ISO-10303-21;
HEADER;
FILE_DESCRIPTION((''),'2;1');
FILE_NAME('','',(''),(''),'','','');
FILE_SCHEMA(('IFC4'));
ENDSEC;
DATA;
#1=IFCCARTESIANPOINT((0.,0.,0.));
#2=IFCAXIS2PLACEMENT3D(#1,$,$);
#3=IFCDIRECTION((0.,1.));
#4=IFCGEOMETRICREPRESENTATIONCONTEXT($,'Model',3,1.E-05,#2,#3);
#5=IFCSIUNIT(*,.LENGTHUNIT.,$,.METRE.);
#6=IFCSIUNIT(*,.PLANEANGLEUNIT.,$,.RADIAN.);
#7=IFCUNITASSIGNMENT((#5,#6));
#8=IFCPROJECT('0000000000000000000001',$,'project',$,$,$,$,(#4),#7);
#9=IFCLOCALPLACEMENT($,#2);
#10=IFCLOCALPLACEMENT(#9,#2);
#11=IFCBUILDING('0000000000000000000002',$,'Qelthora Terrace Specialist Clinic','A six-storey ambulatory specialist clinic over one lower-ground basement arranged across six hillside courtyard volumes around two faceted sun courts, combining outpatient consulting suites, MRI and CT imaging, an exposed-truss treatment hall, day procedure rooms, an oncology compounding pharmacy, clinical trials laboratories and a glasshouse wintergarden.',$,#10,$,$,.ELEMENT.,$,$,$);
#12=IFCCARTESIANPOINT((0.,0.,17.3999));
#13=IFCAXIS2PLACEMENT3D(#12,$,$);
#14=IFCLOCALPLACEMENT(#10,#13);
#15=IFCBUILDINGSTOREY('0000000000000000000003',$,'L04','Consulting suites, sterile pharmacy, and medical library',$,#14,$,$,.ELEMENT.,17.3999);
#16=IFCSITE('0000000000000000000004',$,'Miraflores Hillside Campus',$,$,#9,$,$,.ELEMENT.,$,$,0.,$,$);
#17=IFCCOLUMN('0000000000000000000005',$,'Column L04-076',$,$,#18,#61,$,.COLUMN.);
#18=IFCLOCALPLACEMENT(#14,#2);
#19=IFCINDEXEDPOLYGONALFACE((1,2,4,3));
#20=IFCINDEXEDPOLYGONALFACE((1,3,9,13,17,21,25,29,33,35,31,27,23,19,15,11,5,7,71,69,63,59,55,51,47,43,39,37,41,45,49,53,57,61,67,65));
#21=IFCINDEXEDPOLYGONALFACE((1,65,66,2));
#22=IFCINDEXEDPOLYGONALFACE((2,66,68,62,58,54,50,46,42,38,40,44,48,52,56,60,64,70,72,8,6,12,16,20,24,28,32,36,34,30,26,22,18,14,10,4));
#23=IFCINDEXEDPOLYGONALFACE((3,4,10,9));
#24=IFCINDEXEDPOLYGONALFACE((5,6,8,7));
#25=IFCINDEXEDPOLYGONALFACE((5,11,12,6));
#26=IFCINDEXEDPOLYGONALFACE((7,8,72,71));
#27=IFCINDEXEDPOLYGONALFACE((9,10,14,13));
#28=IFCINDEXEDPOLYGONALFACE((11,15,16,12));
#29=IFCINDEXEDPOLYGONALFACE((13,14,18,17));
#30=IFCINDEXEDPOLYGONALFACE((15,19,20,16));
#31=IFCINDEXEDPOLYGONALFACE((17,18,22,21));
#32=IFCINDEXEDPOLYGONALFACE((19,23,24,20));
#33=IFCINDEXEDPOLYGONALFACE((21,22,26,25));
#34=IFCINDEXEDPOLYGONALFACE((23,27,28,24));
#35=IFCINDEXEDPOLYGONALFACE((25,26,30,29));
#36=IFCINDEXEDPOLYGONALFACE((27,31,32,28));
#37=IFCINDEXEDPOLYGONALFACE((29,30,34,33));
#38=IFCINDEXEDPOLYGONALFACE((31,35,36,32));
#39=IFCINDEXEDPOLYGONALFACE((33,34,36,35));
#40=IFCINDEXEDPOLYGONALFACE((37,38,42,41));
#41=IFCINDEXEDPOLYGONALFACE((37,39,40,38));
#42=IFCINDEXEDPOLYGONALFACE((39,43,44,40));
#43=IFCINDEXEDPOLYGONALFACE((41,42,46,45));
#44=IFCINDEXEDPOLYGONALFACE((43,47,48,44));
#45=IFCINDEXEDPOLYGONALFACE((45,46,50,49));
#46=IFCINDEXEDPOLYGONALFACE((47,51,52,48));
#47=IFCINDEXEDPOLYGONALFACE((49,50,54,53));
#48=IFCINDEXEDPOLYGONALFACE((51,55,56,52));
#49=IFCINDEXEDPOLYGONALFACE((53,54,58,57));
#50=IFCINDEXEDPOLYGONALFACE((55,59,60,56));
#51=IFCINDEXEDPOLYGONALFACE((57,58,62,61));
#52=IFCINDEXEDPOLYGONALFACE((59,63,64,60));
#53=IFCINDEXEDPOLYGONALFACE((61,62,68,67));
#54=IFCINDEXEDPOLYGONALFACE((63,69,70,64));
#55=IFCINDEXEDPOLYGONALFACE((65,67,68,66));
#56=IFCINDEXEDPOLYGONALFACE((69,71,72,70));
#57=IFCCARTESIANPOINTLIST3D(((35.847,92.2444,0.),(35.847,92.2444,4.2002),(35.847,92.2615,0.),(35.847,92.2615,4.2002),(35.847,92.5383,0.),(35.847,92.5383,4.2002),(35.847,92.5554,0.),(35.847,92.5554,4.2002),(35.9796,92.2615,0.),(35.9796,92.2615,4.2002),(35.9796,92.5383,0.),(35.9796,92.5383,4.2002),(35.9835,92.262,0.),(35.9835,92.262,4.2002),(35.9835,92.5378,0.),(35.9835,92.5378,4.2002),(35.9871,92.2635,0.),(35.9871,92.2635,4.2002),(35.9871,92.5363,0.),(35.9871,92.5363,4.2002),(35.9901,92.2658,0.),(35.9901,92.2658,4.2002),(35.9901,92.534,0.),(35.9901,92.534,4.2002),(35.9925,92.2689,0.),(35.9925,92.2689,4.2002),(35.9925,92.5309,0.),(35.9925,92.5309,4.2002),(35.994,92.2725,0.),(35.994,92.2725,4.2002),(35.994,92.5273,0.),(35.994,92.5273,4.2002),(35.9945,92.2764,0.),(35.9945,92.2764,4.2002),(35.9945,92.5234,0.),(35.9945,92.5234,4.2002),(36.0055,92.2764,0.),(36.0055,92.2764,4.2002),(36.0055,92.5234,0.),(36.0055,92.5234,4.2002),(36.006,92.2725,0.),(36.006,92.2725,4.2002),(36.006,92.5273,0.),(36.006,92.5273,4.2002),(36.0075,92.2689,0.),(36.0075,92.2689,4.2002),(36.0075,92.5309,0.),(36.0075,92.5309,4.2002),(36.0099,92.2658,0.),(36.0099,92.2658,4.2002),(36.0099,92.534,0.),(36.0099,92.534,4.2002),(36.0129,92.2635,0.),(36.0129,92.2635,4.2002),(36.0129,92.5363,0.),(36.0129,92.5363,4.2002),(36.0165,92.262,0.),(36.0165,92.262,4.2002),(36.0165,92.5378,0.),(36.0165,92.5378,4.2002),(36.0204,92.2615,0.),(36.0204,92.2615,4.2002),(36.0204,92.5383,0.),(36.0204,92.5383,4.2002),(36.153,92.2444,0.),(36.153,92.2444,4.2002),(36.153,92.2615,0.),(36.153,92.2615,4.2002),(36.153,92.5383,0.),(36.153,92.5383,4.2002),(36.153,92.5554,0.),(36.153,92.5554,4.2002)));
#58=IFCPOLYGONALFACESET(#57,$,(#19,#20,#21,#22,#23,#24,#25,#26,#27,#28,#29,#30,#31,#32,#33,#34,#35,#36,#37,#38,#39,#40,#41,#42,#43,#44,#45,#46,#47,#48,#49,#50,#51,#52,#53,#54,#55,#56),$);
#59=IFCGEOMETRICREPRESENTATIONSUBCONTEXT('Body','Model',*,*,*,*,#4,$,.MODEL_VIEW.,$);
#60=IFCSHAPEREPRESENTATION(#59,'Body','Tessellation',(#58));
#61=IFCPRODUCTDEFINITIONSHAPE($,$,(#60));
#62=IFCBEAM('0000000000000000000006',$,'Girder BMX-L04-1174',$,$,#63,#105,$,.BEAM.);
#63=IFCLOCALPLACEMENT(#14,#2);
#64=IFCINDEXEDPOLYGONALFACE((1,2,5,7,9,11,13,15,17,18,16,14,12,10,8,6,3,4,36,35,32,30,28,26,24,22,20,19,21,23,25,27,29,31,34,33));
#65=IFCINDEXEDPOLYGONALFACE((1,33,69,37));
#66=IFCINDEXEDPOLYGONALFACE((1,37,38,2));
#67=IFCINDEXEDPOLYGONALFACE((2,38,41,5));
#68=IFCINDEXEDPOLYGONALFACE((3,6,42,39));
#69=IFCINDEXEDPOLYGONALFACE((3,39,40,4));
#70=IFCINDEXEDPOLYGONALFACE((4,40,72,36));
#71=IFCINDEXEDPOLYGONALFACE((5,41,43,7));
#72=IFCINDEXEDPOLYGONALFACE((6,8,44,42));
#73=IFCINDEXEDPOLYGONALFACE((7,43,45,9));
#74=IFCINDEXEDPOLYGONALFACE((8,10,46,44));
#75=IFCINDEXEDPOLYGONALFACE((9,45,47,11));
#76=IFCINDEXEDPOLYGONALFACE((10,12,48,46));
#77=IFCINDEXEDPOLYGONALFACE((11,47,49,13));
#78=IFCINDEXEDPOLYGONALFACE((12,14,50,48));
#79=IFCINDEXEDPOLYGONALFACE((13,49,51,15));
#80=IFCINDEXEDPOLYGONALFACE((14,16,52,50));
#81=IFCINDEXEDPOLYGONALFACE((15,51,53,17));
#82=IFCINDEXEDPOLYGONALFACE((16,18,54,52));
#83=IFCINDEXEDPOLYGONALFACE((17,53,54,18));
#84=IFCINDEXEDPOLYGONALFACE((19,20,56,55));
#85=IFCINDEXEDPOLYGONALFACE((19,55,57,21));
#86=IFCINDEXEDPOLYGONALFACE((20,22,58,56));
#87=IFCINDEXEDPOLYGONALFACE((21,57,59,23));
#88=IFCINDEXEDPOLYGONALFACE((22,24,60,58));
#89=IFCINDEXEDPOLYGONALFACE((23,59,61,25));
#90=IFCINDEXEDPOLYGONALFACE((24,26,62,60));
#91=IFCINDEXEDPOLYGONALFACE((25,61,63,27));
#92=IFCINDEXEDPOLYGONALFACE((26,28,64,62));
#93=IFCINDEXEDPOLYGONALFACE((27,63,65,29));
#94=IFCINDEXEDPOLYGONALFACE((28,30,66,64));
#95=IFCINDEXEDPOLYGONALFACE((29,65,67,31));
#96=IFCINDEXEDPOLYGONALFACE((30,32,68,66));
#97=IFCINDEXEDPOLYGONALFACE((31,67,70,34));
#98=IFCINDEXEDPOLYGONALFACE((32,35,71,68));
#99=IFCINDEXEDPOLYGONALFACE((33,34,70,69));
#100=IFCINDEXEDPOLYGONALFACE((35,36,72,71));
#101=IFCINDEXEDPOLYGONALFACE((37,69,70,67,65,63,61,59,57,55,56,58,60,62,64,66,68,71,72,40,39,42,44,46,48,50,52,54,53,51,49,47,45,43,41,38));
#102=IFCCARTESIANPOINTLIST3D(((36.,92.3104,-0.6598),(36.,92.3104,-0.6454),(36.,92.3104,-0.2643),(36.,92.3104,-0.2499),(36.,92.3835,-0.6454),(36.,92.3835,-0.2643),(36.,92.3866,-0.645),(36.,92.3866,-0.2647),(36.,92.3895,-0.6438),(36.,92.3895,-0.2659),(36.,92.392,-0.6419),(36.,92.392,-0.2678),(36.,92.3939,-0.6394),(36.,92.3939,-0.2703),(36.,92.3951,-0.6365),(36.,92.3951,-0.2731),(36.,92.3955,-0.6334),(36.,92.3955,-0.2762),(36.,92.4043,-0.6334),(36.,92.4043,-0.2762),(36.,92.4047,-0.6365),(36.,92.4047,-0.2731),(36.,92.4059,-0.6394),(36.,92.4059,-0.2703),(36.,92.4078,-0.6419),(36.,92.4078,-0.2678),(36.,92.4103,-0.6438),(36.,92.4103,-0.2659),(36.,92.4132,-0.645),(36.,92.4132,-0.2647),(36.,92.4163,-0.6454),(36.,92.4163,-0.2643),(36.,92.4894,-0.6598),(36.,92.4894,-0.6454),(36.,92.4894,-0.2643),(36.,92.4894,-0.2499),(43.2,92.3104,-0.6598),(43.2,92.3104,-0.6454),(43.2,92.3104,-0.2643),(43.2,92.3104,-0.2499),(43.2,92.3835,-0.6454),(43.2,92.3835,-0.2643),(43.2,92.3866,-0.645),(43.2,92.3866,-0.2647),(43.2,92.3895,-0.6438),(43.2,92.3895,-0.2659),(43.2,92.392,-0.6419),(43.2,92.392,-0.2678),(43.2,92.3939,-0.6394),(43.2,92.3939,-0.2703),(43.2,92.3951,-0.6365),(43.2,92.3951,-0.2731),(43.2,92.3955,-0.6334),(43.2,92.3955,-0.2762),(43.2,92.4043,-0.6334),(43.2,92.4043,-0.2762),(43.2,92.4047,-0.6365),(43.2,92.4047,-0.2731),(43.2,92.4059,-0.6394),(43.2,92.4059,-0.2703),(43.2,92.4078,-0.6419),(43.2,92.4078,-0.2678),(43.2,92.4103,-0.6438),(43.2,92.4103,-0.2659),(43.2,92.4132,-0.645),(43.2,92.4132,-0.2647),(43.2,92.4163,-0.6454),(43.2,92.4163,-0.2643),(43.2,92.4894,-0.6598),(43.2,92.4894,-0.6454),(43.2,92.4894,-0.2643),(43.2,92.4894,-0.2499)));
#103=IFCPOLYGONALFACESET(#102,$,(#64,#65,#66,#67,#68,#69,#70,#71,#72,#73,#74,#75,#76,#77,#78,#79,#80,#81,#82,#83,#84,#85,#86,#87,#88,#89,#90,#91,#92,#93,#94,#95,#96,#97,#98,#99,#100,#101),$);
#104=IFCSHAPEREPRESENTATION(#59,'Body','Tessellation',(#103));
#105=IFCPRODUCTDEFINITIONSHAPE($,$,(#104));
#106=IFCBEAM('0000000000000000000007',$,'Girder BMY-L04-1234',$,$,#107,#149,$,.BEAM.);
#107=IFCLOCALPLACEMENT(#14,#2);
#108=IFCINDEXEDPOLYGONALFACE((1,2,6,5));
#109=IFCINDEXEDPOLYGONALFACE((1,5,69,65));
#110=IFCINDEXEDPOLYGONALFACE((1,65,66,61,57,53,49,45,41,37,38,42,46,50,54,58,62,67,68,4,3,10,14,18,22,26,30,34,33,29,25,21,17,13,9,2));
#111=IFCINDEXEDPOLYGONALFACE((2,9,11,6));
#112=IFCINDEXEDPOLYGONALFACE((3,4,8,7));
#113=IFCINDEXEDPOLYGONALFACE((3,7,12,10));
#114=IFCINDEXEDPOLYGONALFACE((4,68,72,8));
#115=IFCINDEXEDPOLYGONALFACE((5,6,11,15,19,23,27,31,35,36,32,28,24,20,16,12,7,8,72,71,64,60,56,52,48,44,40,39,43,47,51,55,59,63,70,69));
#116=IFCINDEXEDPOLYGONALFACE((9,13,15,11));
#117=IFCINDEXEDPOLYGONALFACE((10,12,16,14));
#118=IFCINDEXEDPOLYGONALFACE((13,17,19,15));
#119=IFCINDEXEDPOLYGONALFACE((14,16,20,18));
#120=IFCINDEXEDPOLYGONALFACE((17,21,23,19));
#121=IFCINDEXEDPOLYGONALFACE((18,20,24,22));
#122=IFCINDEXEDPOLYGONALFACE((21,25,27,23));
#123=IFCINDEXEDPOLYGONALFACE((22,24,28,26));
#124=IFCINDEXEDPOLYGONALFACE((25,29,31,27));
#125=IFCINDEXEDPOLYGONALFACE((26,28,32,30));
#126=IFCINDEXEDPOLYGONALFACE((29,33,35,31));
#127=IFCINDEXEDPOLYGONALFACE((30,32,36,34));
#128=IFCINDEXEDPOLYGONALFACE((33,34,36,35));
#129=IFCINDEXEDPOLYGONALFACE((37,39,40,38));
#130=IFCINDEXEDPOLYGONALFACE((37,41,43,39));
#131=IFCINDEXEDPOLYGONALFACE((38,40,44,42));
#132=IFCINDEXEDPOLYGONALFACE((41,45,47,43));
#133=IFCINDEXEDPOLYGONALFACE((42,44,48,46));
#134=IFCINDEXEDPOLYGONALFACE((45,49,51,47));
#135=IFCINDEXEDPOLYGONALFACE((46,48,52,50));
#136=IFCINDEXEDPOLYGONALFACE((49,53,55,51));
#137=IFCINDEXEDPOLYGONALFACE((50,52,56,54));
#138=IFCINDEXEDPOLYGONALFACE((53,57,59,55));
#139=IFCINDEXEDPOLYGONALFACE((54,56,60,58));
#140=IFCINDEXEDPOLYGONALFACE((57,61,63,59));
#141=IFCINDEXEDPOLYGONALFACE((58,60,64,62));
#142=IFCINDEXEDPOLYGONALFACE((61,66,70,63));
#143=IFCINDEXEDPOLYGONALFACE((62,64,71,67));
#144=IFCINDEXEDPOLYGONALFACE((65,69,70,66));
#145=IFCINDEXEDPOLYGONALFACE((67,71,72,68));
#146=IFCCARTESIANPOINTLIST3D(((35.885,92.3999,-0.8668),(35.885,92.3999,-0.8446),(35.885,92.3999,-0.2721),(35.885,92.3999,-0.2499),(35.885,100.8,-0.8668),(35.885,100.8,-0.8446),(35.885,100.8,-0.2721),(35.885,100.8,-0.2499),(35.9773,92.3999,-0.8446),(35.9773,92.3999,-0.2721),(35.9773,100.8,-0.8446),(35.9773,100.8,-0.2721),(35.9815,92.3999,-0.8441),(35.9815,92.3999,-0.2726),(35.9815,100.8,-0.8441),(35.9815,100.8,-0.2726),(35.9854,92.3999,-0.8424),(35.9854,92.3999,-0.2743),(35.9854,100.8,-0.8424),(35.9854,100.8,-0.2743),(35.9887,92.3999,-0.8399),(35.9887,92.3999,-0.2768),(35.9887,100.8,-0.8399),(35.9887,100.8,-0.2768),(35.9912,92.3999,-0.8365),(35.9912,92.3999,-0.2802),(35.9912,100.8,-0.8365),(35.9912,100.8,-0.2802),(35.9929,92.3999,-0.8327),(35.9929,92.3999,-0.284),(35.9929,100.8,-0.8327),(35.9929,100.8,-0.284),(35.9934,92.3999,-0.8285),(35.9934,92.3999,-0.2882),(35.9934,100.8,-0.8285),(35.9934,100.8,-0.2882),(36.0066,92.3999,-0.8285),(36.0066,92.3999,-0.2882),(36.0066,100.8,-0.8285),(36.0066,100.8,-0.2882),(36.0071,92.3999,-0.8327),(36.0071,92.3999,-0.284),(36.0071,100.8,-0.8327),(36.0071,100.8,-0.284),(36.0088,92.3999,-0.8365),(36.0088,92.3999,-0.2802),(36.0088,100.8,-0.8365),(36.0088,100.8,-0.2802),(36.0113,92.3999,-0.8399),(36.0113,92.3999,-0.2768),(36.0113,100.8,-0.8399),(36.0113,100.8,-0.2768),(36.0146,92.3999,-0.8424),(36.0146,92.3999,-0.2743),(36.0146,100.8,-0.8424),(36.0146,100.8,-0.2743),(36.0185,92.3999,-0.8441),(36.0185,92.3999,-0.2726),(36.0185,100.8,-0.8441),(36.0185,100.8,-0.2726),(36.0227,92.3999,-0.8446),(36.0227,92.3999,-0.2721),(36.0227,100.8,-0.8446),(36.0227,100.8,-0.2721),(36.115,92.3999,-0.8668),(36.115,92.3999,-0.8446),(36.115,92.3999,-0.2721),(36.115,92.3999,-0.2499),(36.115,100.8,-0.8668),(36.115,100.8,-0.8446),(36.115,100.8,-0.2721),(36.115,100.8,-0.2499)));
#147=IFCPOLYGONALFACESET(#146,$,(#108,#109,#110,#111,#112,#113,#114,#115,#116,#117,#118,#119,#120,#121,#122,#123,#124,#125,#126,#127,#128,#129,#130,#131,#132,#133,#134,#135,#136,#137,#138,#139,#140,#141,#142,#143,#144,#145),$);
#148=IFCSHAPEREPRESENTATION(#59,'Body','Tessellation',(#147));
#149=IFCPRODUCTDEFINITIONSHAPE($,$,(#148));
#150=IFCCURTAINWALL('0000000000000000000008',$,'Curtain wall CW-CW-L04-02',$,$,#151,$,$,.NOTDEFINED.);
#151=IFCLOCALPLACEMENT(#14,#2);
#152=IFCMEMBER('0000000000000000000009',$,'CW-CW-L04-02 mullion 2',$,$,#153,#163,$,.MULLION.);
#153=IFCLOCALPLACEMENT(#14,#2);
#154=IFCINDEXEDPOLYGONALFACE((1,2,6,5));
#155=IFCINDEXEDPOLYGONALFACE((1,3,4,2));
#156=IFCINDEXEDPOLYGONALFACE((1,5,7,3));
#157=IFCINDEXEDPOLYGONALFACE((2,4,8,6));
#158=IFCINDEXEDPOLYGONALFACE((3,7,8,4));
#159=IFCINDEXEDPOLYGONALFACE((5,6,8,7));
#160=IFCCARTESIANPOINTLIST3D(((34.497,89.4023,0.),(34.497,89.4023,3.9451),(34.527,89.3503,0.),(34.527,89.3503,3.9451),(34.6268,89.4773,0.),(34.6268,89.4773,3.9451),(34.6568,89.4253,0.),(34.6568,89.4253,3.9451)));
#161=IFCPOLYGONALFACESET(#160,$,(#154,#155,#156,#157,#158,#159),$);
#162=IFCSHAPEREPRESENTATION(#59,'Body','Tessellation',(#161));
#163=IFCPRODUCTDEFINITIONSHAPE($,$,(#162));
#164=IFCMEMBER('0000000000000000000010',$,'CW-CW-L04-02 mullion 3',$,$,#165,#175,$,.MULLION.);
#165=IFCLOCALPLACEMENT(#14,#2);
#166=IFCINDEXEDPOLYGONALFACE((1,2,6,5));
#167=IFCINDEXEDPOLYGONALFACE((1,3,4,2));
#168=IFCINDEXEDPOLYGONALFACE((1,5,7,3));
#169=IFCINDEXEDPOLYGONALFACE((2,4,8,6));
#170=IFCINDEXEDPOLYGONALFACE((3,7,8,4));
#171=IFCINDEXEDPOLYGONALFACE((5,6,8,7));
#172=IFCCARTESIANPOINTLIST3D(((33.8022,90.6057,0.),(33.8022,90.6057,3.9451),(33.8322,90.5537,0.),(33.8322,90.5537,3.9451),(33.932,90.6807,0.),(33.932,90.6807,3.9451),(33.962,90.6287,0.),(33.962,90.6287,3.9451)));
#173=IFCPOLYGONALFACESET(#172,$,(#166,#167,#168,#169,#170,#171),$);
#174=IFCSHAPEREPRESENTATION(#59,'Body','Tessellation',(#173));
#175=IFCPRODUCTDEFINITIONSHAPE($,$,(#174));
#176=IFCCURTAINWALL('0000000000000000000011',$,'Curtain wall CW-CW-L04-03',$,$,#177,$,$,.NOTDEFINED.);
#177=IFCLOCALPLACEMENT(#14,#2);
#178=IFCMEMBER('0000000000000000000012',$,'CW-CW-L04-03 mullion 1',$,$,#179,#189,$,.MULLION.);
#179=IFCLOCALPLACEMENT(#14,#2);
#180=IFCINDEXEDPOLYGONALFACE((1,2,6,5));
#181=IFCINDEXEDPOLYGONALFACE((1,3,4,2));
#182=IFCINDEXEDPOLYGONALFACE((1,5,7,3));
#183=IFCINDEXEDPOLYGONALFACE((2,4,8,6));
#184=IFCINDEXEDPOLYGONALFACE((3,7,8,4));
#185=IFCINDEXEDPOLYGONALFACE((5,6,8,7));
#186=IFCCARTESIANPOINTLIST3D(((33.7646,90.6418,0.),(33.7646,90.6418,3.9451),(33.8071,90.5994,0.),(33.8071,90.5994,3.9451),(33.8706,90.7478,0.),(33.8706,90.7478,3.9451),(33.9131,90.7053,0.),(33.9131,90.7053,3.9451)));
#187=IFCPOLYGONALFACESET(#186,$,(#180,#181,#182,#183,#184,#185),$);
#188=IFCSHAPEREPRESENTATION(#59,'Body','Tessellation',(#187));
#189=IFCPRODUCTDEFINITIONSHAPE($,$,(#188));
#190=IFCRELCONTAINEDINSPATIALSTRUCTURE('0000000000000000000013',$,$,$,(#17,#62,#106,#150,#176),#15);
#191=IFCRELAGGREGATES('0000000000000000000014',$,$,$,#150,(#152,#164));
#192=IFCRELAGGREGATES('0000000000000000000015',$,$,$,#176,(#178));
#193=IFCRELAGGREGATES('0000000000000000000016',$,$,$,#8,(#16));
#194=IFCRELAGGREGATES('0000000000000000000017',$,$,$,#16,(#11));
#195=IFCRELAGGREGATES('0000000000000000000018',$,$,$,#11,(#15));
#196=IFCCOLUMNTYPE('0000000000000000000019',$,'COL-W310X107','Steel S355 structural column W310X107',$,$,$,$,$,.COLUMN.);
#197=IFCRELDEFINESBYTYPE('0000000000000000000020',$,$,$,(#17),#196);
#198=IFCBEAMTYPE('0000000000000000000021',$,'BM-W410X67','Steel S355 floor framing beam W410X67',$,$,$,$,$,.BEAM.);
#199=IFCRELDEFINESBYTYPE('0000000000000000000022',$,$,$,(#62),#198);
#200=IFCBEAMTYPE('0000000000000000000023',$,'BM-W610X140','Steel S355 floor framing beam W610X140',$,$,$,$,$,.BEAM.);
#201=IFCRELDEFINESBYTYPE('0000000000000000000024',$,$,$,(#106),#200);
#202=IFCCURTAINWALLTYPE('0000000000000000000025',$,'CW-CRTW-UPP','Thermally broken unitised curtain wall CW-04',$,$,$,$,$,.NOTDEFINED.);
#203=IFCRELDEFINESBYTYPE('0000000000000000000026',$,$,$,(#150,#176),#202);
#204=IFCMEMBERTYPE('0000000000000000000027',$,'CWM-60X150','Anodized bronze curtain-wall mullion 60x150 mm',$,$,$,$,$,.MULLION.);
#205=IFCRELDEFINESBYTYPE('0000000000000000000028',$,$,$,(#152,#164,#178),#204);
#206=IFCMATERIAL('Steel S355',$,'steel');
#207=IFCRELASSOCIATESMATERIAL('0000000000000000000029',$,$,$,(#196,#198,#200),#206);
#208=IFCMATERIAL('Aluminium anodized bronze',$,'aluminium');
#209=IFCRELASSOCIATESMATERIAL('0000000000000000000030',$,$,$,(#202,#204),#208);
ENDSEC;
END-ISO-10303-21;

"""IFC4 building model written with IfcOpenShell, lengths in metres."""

from ifc_helpers import new_model, si_unit, direction, frame, origin, origin_2d, place, context, subcontext, project, spatial, rectangle, i_section, extrude, material, material_profile, profile_set, type_object, element, aggregate, save


model = new_model("IFC4")

# Units and contexts
model_context = context("Model", 3, precision=1e-05, world=origin(), true_north=direction((0.0, 1.0)))
body_context = subcontext(model_context, "Body", "Model", "MODEL_VIEW")
ifc_project = project(units=[si_unit("LENGTHUNIT", "METRE"), si_unit("PLANEANGLEUNIT", "RADIAN")], contexts=[model_context])

# Site, building, storey
site_placement = place(None, origin())
site = spatial("IfcSite", under=ifc_project, at=site_placement, Name="Miraflores Hillside Campus", CompositionType="ELEMENT", RefElevation=0.0)
building_placement = place(site_placement, origin())
building = spatial("IfcBuilding", under=site, at=building_placement, Name="Qelthora Terrace Specialist Clinic", Description="A six-storey ambulatory specialist clinic over one lower-ground basement arranged across six hillside courtyard volumes around two faceted sun courts, combining outpatient consulting suites, MRI and CT imaging, an exposed-truss treatment hall, day procedure rooms, an oncology compounding pharmacy, clinical trials laboratories and a glasshouse wintergarden.", CompositionType="ELEMENT")
storey_placement = place(building_placement, frame((0.0, 0.0, 17.3999)))
storey = spatial("IfcBuildingStorey", under=building, at=storey_placement, Name="L04", Description="Consulting suites, sterile pharmacy, and medical library", CompositionType="ELEMENT", Elevation=17.3999)

# Column
ifc_material_1 = material(Name="Steel S355", Category="steel")
ifc_material_profile_1 = material_profile(ifc_material_1, i_section(OverallWidth=0.3059, OverallDepth=0.311, WebThickness=0.011, FlangeThickness=0.0171, FilletRadius=0.0149, at=origin_2d()), Name="W310X107")
ifc_profile_set_1 = profile_set([ifc_material_profile_1], Name="Steel S355")
column_type = type_object("IfcColumnType", Name="COL-W310X107", Description="Steel S355 structural column W310X107", PredefinedType="COLUMN", material=ifc_profile_set_1)
column_placement = place(storey_placement, frame((36.0, 92.3999, 0.0), z_axis=(0.0, 0.0, 1.0), x_axis=(1.0, 0.0, 0.0)))
element("IfcColumn", 1, at=column_placement, inside=storey, type_object=column_type, Name="Column L04-076", PredefinedType="COLUMN", context=body_context, shape_type="SweptSolid", body=[
    extrude(i_section(OverallWidth=0.3059, OverallDepth=0.311, WebThickness=0.011, FlangeThickness=0.0171, FilletRadius=0.0149, at=origin_2d()), origin(), (0.0, 0.0, 1.0), 4.2002),
])

# Beams
ifc_material_profile_2 = material_profile(ifc_material_1, i_section(OverallWidth=0.179, OverallDepth=0.4099, WebThickness=0.0088, FlangeThickness=0.0144, FilletRadius=0.012, at=origin_2d()), Name="W410X67")
ifc_profile_set_2 = profile_set([ifc_material_profile_2], Name="Steel S355")
beam_type_1 = type_object("IfcBeamType", Name="BM-W410X67", Description="Steel S355 floor framing beam W410X67", PredefinedType="BEAM", material=ifc_profile_set_2)
beam_1_placement = place(storey_placement, frame((36.0, 92.3999, -0.4548), z_axis=(1.0, 0.0, 0.0), x_axis=(0.0, 1.0, 0.0)))
element("IfcBeam", 2, at=beam_1_placement, inside=storey, type_object=beam_type_1, Name="Girder BMX-L04-1174", PredefinedType="BEAM", context=body_context, shape_type="SweptSolid", body=[
    extrude(i_section(OverallWidth=0.179, OverallDepth=0.4099, WebThickness=0.0088, FlangeThickness=0.0144, FilletRadius=0.012, at=origin_2d()), origin(), (0.0, 0.0, 1.0), 7.2),
])
ifc_material_profile_3 = material_profile(ifc_material_1, i_section(OverallWidth=0.23, OverallDepth=0.6169, WebThickness=0.0132, FlangeThickness=0.0222, FilletRadius=0.0161, at=origin_2d()), Name="W610X140")
ifc_profile_set_3 = profile_set([ifc_material_profile_3], Name="Steel S355")
beam_type_2 = type_object("IfcBeamType", Name="BM-W610X140", Description="Steel S355 floor framing beam W610X140", PredefinedType="BEAM", material=ifc_profile_set_3)
beam_2_placement = place(storey_placement, frame((36.0, 92.3999, -0.5583), z_axis=(0.0, 1.0, 0.0), x_axis=(-1.0, 0.0, 0.0)))
element("IfcBeam", 3, at=beam_2_placement, inside=storey, type_object=beam_type_2, Name="Girder BMY-L04-1234", PredefinedType="BEAM", context=body_context, shape_type="SweptSolid", body=[
    extrude(i_section(OverallWidth=0.23, OverallDepth=0.6169, WebThickness=0.0132, FlangeThickness=0.0222, FilletRadius=0.0161, at=origin_2d()), origin(), (0.0, 0.0, 1.0), 8.4001),
])

# Curtain walls, members
ifc_material_2 = material(Name="Aluminium anodized bronze", Category="aluminium")
curtain_wall_type = type_object("IfcCurtainWallType", Name="CW-CRTW-UPP", Description="Thermally broken unitised curtain wall CW-04", PredefinedType="NOTDEFINED", material=ifc_material_2)
curtain_wall_1_placement = place(storey_placement, origin())
curtain_wall_1 = element("IfcCurtainWall", 4, at=curtain_wall_1_placement, inside=storey, type_object=curtain_wall_type, Name="Curtain wall CW-CW-L04-02", PredefinedType="NOTDEFINED")
ifc_material_profile_4 = material_profile(ifc_material_2, rectangle(XDim=0.0601, YDim=0.1499, at=origin_2d()), Name="CWM60X150")
ifc_profile_set_4 = profile_set([ifc_material_profile_4], Name="Aluminium anodized bronze")
member_type_1 = type_object("IfcMemberType", Name="CWM-60X150", Description="Anodized bronze curtain-wall mullion 60x150 mm", PredefinedType="MULLION", material=ifc_profile_set_4)
member_1_placement = place(storey_placement, frame((34.5769, 89.4138, 0.0), z_axis=(0.0, 0.0, 1.0), x_axis=(-0.5, 0.866026, 0.0)))
member_1 = element("IfcMember", 5, at=member_1_placement, type_object=member_type_1, Name="CW-CW-L04-02 mullion 2", PredefinedType="MULLION", context=body_context, shape_type="SweptSolid", body=[
    extrude(rectangle(XDim=0.0601, YDim=0.1499, at=origin_2d()), origin(), (0.0, 0.0, 1.0), 3.9451),
])
member_2_placement = place(storey_placement, frame((33.8821, 90.6172, 0.0), z_axis=(0.0, 0.0, 1.0), x_axis=(-0.5, 0.866026, 0.0)))
member_2 = element("IfcMember", 6, at=member_2_placement, type_object=member_type_1, Name="CW-CW-L04-02 mullion 3", PredefinedType="MULLION", context=body_context, shape_type="SweptSolid", body=[
    extrude(rectangle(XDim=0.0601, YDim=0.1499, at=origin_2d()), origin(), (0.0, 0.0, 1.0), 3.9451),
])
curtain_wall_2_placement = place(storey_placement, origin())
curtain_wall_2 = element("IfcCurtainWall", 7, at=curtain_wall_2_placement, inside=storey, type_object=curtain_wall_type, Name="Curtain wall CW-CW-L04-03", PredefinedType="NOTDEFINED")
member_3_placement = place(storey_placement, frame((33.8389, 90.6736, 0.0), z_axis=(0.0, 0.0, 1.0), x_axis=(-0.707107, 0.707107, 0.0)))
member_3 = element("IfcMember", 8, at=member_3_placement, type_object=member_type_1, Name="CW-CW-L04-03 mullion 1", PredefinedType="MULLION", context=body_context, shape_type="SweptSolid", body=[
    extrude(rectangle(XDim=0.0601, YDim=0.1499, at=origin_2d()), origin(), (0.0, 0.0, 1.0), 3.9451),
])

aggregate(curtain_wall_1, [member_1, member_2])
aggregate(curtain_wall_2, [member_3])

save(model, "model.ifc")
